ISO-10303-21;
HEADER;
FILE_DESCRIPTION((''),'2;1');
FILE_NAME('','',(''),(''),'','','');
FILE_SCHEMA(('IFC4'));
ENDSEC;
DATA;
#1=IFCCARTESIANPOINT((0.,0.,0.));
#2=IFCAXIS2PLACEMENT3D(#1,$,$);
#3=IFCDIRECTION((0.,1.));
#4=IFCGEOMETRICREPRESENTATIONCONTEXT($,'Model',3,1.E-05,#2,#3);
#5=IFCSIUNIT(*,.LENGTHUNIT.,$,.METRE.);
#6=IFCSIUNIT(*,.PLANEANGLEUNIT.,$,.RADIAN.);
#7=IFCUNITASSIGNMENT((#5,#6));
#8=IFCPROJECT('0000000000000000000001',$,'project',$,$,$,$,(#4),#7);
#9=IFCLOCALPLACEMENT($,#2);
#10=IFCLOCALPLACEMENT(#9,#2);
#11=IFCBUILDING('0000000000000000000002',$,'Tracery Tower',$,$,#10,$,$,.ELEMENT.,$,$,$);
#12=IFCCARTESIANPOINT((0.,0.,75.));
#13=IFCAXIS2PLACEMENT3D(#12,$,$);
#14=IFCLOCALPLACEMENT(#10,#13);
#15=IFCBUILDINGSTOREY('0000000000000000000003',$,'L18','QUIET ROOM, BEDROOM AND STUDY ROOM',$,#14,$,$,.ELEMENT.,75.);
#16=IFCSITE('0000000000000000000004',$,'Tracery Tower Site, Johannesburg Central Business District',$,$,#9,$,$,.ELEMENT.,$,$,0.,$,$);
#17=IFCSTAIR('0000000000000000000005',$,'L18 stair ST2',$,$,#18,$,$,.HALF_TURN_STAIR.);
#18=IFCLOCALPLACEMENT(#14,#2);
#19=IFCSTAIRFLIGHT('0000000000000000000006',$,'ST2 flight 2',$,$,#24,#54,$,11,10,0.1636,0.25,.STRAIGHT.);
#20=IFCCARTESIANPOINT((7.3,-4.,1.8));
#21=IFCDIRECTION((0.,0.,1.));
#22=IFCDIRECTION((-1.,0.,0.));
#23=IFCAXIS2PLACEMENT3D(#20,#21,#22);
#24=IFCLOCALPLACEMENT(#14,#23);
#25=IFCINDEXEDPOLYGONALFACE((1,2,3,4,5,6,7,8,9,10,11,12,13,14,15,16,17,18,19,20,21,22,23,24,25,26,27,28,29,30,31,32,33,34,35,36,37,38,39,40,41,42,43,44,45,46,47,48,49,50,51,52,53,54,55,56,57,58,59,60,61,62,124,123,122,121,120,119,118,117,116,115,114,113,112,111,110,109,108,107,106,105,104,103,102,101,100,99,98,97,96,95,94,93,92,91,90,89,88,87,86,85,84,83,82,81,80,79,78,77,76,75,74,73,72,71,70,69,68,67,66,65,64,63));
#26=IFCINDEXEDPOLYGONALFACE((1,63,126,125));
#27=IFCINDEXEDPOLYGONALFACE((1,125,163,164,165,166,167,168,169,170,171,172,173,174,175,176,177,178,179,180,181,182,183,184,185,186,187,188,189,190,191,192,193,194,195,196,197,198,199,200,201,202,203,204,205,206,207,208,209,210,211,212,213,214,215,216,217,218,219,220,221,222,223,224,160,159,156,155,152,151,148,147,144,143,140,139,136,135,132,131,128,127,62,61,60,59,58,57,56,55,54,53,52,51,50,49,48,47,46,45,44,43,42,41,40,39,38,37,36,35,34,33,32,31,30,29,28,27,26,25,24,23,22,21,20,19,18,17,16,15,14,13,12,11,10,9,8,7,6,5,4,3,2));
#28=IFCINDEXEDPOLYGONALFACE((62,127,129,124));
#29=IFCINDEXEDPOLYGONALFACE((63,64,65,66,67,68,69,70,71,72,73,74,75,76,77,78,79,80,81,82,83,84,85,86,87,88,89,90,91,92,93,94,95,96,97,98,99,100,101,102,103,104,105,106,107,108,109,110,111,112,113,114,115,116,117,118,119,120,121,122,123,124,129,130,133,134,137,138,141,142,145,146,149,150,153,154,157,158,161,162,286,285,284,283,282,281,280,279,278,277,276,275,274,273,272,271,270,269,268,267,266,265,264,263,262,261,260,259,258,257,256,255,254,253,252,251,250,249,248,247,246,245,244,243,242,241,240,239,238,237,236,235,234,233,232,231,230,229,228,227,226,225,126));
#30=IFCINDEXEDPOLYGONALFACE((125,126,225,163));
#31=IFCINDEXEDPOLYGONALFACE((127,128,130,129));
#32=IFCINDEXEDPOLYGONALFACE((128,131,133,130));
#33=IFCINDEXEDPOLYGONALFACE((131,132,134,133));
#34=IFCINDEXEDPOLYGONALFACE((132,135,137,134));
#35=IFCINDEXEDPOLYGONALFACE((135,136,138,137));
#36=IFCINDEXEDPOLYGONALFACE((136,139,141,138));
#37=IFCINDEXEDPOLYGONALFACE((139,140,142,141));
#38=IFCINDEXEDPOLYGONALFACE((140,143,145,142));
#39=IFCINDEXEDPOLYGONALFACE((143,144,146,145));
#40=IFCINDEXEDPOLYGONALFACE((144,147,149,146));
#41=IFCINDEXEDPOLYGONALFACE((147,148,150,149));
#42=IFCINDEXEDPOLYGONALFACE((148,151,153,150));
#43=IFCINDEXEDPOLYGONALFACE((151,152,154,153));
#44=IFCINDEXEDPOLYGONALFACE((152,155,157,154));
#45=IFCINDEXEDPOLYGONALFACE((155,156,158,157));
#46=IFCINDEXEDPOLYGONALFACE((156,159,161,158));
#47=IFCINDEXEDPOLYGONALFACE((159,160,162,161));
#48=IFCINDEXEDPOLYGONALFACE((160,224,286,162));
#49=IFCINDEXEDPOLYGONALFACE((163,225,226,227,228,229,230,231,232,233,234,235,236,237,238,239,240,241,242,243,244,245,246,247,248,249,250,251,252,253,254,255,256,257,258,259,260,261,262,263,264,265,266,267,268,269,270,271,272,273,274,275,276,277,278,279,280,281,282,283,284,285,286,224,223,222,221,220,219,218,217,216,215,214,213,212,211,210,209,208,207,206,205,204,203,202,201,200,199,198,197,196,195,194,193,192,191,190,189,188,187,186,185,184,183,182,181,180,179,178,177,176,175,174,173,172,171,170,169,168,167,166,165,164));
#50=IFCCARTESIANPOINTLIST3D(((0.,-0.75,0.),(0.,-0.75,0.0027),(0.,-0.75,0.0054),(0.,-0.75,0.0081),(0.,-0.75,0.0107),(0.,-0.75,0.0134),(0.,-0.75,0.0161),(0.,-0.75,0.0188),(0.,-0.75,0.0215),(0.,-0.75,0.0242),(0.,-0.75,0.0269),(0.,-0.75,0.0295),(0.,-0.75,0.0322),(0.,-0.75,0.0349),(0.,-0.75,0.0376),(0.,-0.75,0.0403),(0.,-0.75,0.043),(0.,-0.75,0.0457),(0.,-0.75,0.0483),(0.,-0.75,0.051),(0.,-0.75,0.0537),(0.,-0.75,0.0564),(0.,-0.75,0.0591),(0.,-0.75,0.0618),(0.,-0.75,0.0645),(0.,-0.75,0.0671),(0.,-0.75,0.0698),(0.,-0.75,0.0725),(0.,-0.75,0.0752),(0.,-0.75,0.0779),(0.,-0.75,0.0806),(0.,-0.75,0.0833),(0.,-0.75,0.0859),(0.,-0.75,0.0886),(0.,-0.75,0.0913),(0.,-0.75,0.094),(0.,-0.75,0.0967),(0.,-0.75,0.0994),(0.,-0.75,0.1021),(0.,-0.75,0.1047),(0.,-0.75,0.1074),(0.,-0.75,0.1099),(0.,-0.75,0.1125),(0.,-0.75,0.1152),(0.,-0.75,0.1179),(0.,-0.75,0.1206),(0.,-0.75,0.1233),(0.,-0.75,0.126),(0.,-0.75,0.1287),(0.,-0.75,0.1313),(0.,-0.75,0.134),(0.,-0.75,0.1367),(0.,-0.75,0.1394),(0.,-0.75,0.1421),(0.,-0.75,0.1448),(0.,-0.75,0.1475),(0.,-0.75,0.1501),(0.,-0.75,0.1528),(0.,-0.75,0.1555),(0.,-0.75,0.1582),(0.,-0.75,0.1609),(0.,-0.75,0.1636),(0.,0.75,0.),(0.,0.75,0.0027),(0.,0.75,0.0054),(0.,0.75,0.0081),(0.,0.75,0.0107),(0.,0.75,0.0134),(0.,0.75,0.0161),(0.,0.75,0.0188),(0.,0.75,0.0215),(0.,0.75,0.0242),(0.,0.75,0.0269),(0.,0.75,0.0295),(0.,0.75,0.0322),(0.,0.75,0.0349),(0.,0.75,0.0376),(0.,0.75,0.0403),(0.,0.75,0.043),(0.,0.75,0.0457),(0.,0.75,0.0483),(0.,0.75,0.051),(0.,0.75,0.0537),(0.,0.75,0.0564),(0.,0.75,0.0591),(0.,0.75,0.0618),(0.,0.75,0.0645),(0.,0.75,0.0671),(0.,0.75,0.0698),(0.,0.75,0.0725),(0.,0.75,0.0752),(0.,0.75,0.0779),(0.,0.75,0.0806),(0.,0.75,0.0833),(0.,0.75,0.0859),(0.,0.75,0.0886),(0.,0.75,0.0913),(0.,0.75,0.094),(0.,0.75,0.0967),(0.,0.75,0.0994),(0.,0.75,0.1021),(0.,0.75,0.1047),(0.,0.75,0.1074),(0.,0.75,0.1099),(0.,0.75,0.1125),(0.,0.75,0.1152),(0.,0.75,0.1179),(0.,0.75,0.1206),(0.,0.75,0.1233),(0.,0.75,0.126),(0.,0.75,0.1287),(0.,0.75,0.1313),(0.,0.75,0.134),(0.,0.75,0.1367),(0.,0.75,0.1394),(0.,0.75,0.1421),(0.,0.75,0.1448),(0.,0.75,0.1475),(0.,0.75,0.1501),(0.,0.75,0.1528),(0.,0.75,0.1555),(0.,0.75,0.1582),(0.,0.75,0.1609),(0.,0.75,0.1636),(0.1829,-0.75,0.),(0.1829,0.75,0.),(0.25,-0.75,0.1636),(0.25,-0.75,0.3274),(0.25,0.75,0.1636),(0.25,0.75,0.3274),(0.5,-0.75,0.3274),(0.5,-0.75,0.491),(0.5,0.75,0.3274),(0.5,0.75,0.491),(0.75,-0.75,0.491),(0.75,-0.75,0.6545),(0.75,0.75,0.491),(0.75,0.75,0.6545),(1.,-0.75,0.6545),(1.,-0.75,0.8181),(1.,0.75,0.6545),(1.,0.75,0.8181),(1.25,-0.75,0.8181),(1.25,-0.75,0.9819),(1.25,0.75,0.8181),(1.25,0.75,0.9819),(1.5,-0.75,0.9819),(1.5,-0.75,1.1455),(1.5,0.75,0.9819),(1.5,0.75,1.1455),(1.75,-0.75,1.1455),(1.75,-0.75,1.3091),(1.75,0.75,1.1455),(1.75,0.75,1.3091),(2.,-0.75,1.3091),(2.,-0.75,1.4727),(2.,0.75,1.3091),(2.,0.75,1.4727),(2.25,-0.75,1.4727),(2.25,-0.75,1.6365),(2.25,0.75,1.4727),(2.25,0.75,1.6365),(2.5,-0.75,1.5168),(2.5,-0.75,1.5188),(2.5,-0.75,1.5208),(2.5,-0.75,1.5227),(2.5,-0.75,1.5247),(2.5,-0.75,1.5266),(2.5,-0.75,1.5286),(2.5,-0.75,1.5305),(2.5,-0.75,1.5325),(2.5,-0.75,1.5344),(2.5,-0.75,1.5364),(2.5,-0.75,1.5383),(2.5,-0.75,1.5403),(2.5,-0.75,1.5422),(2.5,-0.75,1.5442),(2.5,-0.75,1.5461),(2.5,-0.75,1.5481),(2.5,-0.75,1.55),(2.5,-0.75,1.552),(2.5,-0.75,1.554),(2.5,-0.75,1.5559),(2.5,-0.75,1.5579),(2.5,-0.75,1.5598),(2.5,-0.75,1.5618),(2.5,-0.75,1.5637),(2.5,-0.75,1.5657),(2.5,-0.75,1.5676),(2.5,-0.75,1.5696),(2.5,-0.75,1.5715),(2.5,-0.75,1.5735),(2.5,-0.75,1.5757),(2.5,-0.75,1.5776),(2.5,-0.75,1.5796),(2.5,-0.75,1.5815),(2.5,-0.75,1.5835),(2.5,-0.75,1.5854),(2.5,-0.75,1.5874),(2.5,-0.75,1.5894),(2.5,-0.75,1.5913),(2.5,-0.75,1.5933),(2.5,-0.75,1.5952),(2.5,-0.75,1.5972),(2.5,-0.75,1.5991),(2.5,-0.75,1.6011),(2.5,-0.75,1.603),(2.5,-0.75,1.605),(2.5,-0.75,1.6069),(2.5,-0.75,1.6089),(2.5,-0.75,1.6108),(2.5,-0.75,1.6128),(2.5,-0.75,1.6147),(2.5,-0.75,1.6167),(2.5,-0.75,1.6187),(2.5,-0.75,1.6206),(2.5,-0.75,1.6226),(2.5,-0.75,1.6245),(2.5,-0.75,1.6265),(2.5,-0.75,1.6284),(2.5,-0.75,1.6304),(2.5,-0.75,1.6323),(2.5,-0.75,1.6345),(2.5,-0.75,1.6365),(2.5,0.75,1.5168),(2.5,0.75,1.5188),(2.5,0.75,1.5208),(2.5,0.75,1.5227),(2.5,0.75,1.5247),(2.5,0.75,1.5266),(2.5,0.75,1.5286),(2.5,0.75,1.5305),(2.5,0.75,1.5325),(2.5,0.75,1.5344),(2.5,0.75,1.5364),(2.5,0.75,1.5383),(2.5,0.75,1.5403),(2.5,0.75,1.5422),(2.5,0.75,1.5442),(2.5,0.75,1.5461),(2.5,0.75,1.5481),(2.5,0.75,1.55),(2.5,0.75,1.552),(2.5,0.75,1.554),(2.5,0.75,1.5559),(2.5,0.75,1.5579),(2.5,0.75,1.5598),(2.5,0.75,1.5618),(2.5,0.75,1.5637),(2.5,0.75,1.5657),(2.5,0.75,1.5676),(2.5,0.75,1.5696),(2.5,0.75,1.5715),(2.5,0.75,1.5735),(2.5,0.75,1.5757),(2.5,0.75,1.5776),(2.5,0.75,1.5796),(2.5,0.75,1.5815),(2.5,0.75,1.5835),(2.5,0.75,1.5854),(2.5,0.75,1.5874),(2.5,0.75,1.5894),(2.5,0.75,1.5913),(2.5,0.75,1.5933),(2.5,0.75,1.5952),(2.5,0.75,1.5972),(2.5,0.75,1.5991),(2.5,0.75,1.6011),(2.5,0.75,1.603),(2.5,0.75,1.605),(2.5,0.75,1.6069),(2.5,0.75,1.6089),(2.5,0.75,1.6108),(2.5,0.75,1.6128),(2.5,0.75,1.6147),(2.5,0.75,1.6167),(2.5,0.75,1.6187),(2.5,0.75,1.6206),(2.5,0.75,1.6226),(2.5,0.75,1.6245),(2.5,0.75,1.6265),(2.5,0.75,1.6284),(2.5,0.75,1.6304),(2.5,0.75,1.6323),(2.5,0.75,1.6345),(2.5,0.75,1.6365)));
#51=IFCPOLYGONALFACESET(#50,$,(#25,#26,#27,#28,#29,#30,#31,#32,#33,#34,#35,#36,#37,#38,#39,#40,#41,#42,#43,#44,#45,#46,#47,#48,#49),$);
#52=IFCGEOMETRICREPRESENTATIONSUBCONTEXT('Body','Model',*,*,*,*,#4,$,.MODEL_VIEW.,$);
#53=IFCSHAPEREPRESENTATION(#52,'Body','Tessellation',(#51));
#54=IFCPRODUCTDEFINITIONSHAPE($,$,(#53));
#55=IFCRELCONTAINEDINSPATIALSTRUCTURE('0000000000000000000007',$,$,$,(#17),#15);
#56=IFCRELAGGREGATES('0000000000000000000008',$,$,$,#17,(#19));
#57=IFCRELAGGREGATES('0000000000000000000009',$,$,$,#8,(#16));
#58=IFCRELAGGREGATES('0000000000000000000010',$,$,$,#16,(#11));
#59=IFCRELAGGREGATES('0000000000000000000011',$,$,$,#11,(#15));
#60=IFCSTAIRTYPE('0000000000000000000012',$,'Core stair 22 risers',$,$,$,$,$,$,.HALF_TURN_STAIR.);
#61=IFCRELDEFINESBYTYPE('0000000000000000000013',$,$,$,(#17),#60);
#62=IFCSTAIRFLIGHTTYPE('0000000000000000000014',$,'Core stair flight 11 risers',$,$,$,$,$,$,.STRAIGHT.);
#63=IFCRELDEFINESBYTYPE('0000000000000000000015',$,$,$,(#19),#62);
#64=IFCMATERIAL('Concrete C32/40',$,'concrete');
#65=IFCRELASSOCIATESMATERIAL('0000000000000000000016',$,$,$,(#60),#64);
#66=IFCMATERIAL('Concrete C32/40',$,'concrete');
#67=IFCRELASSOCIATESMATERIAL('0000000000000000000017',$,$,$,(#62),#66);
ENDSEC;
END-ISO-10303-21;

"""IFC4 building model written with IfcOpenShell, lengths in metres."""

from ifc_helpers import new_model, si_unit, direction, frame, origin, place, context, subcontext, project, spatial, polyline, outline, extrude, material, type_object, element, aggregate, save


model = new_model("IFC4")

# Units and contexts
model_context = context("Model", 3, precision=1e-05, world=origin(), true_north=direction((0.0, 1.0)))
body_context = subcontext(model_context, "Body", "Model", "MODEL_VIEW")
ifc_project = project(units=[si_unit("LENGTHUNIT", "METRE"), si_unit("PLANEANGLEUNIT", "RADIAN")], contexts=[model_context])

# Site, building, storey
site_placement = place(None, origin())
site = spatial("IfcSite", under=ifc_project, at=site_placement, Name="Tracery Tower Site, Johannesburg Central Business District", CompositionType="ELEMENT", RefElevation=0.0)
building_placement = place(site_placement, origin())
building = spatial("IfcBuilding", under=site, at=building_placement, Name="Tracery Tower", CompositionType="ELEMENT")
storey_placement = place(building_placement, frame((0.0, 0.0, 75.0)))
storey = spatial("IfcBuildingStorey", under=building, at=storey_placement, Name="L18", Description="QUIET ROOM, BEDROOM AND STUDY ROOM", CompositionType="ELEMENT", Elevation=75.0)

# Stair, stair flight
ifc_material_1 = material(Name="Concrete C32/40", Category="concrete")
stair_type = type_object("IfcStairType", Name="Core stair 22 risers", PredefinedType="HALF_TURN_STAIR", material=ifc_material_1)
stair_placement = place(storey_placement, origin())
stair = element("IfcStair", 1, at=stair_placement, inside=storey, type_object=stair_type, Name="L18 stair ST2", PredefinedType="HALF_TURN_STAIR")
ifc_material_2 = material(Name="Concrete C32/40", Category="concrete")
stair_flight_type = type_object("IfcStairFlightType", Name="Core stair flight 11 risers", PredefinedType="STRAIGHT", material=ifc_material_2)
stair_flight_1_placement = place(storey_placement, frame((7.3, -4.0, 1.8), z_axis=(0.0, 0.0, 1.0), x_axis=(-1.0, 0.0, 0.0)))
stair_flight_1 = element("IfcStairFlight", 2, at=stair_flight_1_placement, type_object=stair_flight_type, Name="ST2 flight 2", NumberOfRisers=11, NumberOfTreads=10, PredefinedType="STRAIGHT", RiserHeight=0.1636, TreadLength=0.25, context=body_context, shape_type="SweptSolid", body=[
    extrude(outline(polyline([(0.0, 0.0), (0.0, 0.0027), (0.0, 0.0054), (0.0, 0.0081), (0.0, 0.0107), (0.0, 0.0134), (0.0, 0.0161), (0.0, 0.0188), (0.0, 0.0215), (0.0, 0.0242), (0.0, 0.0269), (0.0, 0.0295), (0.0, 0.0322), (0.0, 0.0349), (0.0, 0.0376), (0.0, 0.0403), (0.0, 0.043), (0.0, 0.0457), (0.0, 0.0483), (0.0, 0.051), (0.0, 0.0537), (0.0, 0.0564), (0.0, 0.0591), (0.0, 0.0618), (0.0, 0.0645), (0.0, 0.0671), (0.0, 0.0698), (0.0, 0.0725), (0.0, 0.0752), (0.0, 0.0779), (0.0, 0.0806), (0.0, 0.0833), (0.0, 0.0859), (0.0, 0.0886), (0.0, 0.0913), (0.0, 0.094), (0.0, 0.0967), (0.0, 0.0994), (0.0, 0.1021), (0.0, 0.1047), (0.0, 0.1074), (0.0, 0.1099), (0.0, 0.1125), (0.0, 0.1152), (0.0, 0.1179), (0.0, 0.1206), (0.0, 0.1233), (0.0, 0.126), (0.0, 0.1287), (0.0, 0.1313), (0.0, 0.134), (0.0, 0.1367), (0.0, 0.1394), (0.0, 0.1421), (0.0, 0.1448), (0.0, 0.1475), (0.0, 0.1501), (0.0, 0.1528), (0.0, 0.1555), (0.0, 0.1582), (0.0, 0.1609), (0.0, 0.1636), (0.25, 0.1636), (0.25, 0.3274), (0.5, 0.3274), (0.5, 0.491), (0.75, 0.491), (0.75, 0.6545), (1.0, 0.6545), (1.0, 0.8181), (1.25, 0.8181), (1.25, 0.9819), (1.5, 0.9819), (1.5, 1.1455), (1.75, 1.1455), (1.75, 1.3091), (2.0, 1.3091), (2.0, 1.4727), (2.25, 1.4727), (2.25, 1.6365), (2.5, 1.6365), (2.5, 1.6345), (2.5, 1.6323), (2.5, 1.6304), (2.5, 1.6284), (2.5, 1.6265), (2.5, 1.6245), (2.5, 1.6226), (2.5, 1.6206), (2.5, 1.6187), (2.5, 1.6167), (2.5, 1.6147), (2.5, 1.6128), (2.5, 1.6108), (2.5, 1.6089), (2.5, 1.6069), (2.5, 1.605), (2.5, 1.603), (2.5, 1.6011), (2.5, 1.5991), (2.5, 1.5972), (2.5, 1.5952), (2.5, 1.5933), (2.5, 1.5913), (2.5, 1.5894), (2.5, 1.5874), (2.5, 1.5854), (2.5, 1.5835), (2.5, 1.5815), (2.5, 1.5796), (2.5, 1.5776), (2.5, 1.5757), (2.5, 1.5735), (2.5, 1.5715), (2.5, 1.5696), (2.5, 1.5676), (2.5, 1.5657), (2.5, 1.5637), (2.5, 1.5618), (2.5, 1.5598), (2.5, 1.5579), (2.5, 1.5559), (2.5, 1.554), (2.5, 1.552), (2.5, 1.55), (2.5, 1.5481), (2.5, 1.5461), (2.5, 1.5442), (2.5, 1.5422), (2.5, 1.5403), (2.5, 1.5383), (2.5, 1.5364), (2.5, 1.5344), (2.5, 1.5325), (2.5, 1.5305), (2.5, 1.5286), (2.5, 1.5266), (2.5, 1.5247), (2.5, 1.5227), (2.5, 1.5208), (2.5, 1.5188), (2.5, 1.5168), (0.1829, 0.0), (0.0, 0.0)])), frame((0.0, 0.75, 0.0), z_axis=(0.0, -1.0, 0.0), x_axis=(1.0, 0.0, 0.0)), (0.0, 0.0, 1.0), 1.5),
])
aggregate(stair, [stair_flight_1])

save(model, "model.ifc")
